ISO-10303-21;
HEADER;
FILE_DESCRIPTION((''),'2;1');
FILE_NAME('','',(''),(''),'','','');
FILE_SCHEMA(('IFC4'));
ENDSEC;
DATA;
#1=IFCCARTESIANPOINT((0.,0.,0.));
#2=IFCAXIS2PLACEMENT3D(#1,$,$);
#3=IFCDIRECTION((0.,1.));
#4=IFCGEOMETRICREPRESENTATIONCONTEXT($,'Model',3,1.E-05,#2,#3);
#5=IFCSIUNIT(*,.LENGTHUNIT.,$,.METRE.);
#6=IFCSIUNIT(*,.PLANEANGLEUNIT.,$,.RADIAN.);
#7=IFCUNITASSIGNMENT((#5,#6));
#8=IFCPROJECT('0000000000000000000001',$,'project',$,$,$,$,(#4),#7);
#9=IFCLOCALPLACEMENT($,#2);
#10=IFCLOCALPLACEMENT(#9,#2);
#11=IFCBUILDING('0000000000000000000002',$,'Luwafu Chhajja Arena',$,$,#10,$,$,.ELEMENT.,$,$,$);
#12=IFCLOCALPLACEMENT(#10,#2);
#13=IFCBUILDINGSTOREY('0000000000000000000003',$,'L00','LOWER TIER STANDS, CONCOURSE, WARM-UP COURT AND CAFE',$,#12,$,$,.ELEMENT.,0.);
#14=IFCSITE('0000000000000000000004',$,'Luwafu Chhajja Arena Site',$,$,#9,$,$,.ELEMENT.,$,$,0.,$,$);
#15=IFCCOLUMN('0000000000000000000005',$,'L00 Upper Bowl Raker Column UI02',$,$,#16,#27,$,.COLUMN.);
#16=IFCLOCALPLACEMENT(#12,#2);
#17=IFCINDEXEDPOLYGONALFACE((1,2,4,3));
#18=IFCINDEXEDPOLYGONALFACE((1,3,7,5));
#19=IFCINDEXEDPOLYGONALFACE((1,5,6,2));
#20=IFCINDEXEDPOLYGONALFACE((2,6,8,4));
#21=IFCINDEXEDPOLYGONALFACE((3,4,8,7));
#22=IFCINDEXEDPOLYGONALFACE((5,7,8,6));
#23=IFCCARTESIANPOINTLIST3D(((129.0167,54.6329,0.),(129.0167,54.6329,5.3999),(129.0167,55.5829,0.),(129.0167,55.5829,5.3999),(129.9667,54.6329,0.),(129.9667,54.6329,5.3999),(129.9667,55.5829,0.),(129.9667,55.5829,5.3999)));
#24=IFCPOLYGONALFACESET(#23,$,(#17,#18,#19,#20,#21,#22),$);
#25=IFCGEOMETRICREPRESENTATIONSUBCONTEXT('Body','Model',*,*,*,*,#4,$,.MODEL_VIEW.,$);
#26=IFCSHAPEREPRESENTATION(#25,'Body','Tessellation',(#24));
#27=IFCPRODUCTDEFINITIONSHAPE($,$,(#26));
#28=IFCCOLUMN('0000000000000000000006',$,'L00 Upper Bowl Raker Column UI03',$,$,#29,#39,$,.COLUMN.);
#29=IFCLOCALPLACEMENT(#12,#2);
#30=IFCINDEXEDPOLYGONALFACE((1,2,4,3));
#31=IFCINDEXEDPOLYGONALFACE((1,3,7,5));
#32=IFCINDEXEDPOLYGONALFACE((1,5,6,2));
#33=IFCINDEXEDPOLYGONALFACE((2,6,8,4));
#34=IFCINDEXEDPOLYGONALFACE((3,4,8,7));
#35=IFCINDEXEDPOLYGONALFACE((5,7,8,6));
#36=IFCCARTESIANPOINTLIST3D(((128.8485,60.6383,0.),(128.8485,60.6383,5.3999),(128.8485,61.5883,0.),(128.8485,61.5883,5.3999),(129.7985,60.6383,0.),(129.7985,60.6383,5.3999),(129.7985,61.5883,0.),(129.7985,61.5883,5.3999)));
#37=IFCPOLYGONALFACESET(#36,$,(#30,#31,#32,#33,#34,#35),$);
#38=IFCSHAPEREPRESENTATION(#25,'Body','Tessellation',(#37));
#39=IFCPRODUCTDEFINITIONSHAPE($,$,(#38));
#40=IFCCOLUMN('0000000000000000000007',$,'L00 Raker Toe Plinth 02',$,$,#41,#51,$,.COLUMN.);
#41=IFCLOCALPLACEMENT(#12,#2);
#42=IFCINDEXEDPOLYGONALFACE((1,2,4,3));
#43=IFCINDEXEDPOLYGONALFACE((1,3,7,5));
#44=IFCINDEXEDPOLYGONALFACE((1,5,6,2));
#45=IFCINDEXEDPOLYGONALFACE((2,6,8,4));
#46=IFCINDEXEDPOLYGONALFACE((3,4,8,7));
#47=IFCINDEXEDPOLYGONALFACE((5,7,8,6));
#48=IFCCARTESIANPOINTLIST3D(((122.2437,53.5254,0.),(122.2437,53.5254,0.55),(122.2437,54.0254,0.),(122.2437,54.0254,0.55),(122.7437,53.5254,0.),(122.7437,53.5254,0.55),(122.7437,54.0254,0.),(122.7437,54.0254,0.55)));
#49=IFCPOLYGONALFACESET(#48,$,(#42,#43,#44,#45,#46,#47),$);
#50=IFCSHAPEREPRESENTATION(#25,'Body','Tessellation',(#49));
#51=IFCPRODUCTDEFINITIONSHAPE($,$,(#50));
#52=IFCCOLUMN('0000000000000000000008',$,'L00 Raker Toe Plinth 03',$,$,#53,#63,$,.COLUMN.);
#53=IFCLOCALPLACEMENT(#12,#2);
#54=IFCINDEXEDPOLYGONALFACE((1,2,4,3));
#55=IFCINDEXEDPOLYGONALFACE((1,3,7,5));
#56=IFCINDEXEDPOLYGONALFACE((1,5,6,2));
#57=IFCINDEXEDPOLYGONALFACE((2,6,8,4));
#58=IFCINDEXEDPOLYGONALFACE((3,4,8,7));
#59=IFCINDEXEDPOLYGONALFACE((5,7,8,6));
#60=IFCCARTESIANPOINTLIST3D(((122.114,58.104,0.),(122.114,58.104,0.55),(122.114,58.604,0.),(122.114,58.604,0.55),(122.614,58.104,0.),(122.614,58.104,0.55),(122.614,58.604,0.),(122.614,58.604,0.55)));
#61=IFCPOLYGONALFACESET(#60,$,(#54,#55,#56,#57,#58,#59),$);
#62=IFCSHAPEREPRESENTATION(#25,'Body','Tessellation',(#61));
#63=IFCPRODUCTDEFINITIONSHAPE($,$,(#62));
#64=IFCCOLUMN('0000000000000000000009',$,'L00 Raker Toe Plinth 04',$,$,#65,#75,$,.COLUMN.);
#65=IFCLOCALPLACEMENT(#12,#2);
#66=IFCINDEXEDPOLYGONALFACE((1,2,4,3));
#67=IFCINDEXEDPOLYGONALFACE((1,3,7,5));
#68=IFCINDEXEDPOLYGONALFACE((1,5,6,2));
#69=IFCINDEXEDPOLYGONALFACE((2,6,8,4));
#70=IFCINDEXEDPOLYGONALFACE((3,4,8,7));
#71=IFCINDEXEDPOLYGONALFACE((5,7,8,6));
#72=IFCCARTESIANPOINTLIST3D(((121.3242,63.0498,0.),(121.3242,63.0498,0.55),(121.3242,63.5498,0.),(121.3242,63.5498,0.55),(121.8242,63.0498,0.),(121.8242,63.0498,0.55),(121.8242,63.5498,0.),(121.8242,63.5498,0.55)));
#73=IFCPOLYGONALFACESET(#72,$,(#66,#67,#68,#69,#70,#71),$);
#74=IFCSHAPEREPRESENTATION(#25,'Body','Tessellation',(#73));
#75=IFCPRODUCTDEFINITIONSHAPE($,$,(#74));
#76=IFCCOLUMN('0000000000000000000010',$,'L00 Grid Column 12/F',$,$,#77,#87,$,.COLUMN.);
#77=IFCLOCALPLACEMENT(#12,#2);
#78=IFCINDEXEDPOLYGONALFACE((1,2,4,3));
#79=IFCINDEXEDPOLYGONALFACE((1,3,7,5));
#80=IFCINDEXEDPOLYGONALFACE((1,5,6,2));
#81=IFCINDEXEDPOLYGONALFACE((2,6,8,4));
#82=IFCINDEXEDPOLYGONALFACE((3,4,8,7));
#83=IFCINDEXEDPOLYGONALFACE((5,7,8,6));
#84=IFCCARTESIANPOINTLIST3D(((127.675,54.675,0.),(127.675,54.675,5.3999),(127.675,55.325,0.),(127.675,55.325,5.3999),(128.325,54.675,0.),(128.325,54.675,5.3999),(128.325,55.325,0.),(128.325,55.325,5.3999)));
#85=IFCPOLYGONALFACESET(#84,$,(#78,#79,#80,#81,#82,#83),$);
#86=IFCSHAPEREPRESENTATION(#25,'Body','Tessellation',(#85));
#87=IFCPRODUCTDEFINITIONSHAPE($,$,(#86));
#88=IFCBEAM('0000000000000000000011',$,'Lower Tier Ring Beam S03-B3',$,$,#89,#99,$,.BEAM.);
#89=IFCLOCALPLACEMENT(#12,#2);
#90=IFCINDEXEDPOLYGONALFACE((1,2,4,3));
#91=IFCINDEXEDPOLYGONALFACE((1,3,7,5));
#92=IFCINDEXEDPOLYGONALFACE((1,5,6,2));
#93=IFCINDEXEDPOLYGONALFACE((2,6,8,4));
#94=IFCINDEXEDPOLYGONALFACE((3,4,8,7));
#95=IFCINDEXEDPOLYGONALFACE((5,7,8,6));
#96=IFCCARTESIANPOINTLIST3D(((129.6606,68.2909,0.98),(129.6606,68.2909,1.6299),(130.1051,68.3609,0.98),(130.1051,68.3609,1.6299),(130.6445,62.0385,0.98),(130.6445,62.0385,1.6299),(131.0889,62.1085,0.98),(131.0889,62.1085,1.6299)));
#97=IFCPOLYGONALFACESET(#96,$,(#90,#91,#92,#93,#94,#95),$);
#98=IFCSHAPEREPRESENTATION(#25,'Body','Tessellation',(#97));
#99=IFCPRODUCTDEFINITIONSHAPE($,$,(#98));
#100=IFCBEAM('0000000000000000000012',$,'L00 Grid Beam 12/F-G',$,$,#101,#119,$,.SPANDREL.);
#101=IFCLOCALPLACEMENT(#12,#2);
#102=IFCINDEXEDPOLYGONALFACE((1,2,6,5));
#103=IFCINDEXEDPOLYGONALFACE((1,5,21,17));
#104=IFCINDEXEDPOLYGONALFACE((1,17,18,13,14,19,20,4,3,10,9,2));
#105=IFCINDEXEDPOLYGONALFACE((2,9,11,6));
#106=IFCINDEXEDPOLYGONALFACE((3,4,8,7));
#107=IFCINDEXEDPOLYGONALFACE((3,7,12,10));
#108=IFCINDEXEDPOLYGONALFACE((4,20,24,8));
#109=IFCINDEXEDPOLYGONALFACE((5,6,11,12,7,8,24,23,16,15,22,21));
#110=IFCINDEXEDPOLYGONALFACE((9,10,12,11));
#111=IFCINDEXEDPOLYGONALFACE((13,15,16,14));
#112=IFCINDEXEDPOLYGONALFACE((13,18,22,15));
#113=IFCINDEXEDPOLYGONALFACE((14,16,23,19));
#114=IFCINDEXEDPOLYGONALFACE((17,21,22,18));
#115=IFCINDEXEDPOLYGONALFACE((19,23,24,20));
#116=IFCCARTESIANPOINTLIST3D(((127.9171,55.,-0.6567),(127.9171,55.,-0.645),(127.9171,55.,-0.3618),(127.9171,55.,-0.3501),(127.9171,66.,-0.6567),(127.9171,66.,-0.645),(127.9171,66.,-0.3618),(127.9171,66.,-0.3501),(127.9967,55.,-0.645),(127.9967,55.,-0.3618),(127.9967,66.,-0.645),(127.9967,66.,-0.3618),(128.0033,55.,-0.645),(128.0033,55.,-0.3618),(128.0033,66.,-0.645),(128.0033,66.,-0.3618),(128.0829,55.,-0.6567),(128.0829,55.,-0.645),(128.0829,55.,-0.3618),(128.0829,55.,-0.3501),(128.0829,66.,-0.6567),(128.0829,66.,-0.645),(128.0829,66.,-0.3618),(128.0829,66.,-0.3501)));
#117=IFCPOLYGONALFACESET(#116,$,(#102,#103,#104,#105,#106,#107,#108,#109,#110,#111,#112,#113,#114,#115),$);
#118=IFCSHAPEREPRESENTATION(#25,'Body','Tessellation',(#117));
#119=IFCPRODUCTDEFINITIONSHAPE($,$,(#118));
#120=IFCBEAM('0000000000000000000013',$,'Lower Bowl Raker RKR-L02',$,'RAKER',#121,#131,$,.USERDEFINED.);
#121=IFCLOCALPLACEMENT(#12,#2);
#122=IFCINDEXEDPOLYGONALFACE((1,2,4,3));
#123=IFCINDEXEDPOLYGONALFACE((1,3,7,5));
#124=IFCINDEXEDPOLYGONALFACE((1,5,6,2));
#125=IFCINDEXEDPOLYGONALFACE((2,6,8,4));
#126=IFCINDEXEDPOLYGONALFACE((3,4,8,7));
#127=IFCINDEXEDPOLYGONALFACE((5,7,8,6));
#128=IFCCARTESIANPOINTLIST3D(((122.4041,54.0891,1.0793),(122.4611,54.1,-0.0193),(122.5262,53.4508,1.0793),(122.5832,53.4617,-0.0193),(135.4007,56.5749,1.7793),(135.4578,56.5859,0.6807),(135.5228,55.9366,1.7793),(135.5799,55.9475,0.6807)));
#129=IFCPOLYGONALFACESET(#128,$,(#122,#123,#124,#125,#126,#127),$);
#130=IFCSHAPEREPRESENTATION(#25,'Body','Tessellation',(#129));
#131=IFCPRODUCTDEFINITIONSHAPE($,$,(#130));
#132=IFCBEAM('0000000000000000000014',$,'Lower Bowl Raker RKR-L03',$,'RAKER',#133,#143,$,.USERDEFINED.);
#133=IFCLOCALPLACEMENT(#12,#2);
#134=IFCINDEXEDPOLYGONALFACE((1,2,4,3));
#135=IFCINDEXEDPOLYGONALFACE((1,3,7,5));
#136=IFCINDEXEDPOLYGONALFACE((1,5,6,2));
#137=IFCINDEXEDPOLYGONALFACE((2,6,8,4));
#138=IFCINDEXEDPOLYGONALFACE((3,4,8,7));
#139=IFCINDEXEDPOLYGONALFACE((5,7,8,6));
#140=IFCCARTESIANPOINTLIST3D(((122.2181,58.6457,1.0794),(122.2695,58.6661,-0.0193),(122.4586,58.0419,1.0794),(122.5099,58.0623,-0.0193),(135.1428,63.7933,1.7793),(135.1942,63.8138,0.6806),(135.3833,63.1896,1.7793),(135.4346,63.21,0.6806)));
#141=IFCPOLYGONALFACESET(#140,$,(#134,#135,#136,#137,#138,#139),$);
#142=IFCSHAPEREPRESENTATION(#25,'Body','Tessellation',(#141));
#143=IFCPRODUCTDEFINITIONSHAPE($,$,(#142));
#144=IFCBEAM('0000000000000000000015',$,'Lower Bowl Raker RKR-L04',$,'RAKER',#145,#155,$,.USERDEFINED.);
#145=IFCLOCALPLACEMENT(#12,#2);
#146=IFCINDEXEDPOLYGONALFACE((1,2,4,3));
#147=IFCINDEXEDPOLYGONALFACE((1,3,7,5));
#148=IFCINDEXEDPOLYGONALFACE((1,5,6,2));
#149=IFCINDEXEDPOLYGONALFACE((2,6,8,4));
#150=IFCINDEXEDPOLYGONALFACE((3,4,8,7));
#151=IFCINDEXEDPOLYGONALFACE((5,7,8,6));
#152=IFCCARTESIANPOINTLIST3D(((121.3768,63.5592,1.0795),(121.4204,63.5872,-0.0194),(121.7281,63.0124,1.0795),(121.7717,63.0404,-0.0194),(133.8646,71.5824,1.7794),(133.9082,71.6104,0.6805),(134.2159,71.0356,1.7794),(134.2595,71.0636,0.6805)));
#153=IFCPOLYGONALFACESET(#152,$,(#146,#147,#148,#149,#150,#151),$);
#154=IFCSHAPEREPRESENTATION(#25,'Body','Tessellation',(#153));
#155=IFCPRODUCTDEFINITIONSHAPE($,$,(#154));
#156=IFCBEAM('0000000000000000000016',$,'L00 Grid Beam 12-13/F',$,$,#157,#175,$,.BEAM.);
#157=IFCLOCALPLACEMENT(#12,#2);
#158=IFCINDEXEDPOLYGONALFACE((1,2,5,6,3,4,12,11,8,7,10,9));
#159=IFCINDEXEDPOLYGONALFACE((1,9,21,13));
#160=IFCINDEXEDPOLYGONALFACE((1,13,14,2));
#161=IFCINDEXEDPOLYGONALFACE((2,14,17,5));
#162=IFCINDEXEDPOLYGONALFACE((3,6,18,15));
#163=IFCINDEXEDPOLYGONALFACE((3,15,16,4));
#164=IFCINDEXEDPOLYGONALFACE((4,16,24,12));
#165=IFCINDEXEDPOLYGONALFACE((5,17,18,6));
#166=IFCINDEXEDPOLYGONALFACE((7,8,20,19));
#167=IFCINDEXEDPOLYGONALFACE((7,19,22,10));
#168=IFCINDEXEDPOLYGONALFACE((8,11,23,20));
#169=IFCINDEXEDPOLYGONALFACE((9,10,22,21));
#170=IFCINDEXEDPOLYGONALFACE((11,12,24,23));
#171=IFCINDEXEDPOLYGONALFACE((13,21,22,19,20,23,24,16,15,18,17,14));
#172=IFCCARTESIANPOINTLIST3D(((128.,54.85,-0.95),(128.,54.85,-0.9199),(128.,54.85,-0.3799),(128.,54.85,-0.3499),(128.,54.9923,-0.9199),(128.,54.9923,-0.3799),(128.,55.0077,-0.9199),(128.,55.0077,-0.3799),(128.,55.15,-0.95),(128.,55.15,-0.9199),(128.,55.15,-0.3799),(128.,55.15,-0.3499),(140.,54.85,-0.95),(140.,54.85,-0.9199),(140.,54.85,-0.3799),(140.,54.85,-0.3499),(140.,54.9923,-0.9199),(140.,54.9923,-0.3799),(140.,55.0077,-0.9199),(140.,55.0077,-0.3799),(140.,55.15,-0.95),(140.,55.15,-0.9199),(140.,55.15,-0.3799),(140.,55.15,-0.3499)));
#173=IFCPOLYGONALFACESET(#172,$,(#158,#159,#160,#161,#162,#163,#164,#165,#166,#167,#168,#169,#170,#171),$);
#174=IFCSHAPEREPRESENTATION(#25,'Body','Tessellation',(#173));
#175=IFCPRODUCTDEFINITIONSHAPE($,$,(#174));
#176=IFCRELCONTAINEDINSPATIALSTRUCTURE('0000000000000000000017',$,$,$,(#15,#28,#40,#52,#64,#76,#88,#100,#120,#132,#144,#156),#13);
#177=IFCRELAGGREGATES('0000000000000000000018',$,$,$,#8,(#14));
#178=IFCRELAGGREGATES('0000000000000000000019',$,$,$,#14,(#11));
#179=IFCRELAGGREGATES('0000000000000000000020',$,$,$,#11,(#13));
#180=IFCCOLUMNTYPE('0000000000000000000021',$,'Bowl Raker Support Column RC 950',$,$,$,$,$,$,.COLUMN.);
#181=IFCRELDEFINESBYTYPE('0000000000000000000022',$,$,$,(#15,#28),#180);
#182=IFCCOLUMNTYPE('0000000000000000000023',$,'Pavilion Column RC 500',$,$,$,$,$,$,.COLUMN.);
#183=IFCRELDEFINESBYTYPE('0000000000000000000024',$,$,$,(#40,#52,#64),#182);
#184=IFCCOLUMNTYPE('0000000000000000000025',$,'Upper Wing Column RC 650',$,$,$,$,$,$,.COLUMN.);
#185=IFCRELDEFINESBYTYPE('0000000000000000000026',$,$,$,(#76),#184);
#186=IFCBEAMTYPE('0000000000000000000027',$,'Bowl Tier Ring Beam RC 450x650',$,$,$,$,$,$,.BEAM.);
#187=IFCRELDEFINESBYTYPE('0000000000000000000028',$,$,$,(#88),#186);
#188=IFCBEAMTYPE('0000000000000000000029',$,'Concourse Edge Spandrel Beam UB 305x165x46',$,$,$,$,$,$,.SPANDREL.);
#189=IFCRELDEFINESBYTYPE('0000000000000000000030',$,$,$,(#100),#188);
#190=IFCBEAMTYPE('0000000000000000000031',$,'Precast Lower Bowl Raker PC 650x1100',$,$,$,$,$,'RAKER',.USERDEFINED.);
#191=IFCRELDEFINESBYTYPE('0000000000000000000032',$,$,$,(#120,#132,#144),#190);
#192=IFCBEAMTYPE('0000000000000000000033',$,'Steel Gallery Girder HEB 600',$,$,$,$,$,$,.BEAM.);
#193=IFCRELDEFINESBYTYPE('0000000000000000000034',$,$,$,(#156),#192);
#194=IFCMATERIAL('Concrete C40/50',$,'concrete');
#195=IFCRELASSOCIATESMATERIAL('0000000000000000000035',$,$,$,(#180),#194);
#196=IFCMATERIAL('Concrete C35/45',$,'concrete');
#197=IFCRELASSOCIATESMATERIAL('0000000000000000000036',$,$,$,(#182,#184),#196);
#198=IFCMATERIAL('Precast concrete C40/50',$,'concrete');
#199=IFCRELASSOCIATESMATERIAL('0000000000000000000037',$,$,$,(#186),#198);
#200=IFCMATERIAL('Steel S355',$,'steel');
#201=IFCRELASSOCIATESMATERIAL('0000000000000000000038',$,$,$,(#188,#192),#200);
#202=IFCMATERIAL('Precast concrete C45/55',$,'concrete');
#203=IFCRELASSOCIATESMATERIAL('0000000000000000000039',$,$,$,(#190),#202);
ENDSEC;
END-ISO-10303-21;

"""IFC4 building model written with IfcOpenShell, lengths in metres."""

from ifc_helpers import new_model, si_unit, direction, frame, origin, origin_2d, place, context, subcontext, project, spatial, rectangle, i_section, extrude, material, material_profile, profile_set, type_object, element, save


model = new_model("IFC4")

# Units and contexts
model_context = context("Model", 3, precision=1e-05, world=origin(), true_north=direction((0.0, 1.0)))
body_context = subcontext(model_context, "Body", "Model", "MODEL_VIEW")
ifc_project = project(units=[si_unit("LENGTHUNIT", "METRE"), si_unit("PLANEANGLEUNIT", "RADIAN")], contexts=[model_context])

# Site, building, storey
site_placement = place(None, origin())
site = spatial("IfcSite", under=ifc_project, at=site_placement, Name="Luwafu Chhajja Arena Site", CompositionType="ELEMENT", RefElevation=0.0)
building_placement = place(site_placement, origin())
building = spatial("IfcBuilding", under=site, at=building_placement, Name="Luwafu Chhajja Arena", CompositionType="ELEMENT")
storey_placement = place(building_placement, origin())
storey = spatial("IfcBuildingStorey", under=building, at=storey_placement, Name="L00", Description="LOWER TIER STANDS, CONCOURSE, WARM-UP COURT AND CAFE", CompositionType="ELEMENT", Elevation=0.0)

# Columns
ifc_material_1 = material(Name="Concrete C40/50", Category="concrete")
ifc_material_profile_1 = material_profile(ifc_material_1, rectangle(XDim=0.95, YDim=0.95, at=origin_2d()), Name="RC 950x950")
ifc_profile_set_1 = profile_set([ifc_material_profile_1], Name="Concrete C40/50")
column_type_1 = type_object("IfcColumnType", Name="Bowl Raker Support Column RC 950", PredefinedType="COLUMN", material=ifc_profile_set_1)
for number, where, z_axis, x_axis, name in (
    (1, (129.4917, 55.1079, 0.0), (0.0, 0.0, 1.0), (1.0, 0.0, 0.0), "L00 Upper Bowl Raker Column UI02"),
    (2, (129.3235, 61.1133, 0.0), (0.0, 0.0, 1.0), (1.0, 0.0, 0.0), "L00 Upper Bowl Raker Column UI03"),
):
    element("IfcColumn", number, at=place(storey_placement, frame(where, z_axis=z_axis, x_axis=x_axis)), inside=storey, type_object=column_type_1, Name=name, PredefinedType="COLUMN", context=body_context, shape_type="SweptSolid", body=[
        extrude(rectangle(XDim=0.95, YDim=0.95, at=origin_2d()), origin(), (0.0, 0.0, 1.0), 5.3999),
    ])
ifc_material_2 = material(Name="Concrete C35/45", Category="concrete")
ifc_material_profile_2 = material_profile(ifc_material_2, rectangle(XDim=0.5, YDim=0.5, at=origin_2d()), Name="RC 500x500")
ifc_profile_set_2 = profile_set([ifc_material_profile_2], Name="Concrete C35/45")
column_type_2 = type_object("IfcColumnType", Name="Pavilion Column RC 500", PredefinedType="COLUMN", material=ifc_profile_set_2)
for number, where, z_axis, x_axis, name in (
    (3, (122.4937, 53.7754, 0.0), (0.0, 0.0, 1.0), (1.0, 0.0, 0.0), "L00 Raker Toe Plinth 02"),
    (4, (122.364, 58.354, 0.0), (0.0, 0.0, 1.0), (1.0, 0.0, 0.0), "L00 Raker Toe Plinth 03"),
    (5, (121.5742, 63.2998, 0.0), (0.0, 0.0, 1.0), (1.0, 0.0, 0.0), "L00 Raker Toe Plinth 04"),
):
    element("IfcColumn", number, at=place(storey_placement, frame(where, z_axis=z_axis, x_axis=x_axis)), inside=storey, type_object=column_type_2, Name=name, PredefinedType="COLUMN", context=body_context, shape_type="SweptSolid", body=[
        extrude(rectangle(XDim=0.5, YDim=0.5, at=origin_2d()), origin(), (0.0, 0.0, 1.0), 0.55),
    ])
ifc_material_profile_3 = material_profile(ifc_material_2, rectangle(XDim=0.6499, YDim=0.6499, at=origin_2d()), Name="RC 650x650")
ifc_profile_set_3 = profile_set([ifc_material_profile_3], Name="Concrete C35/45")
column_type_3 = type_object("IfcColumnType", Name="Upper Wing Column RC 650", PredefinedType="COLUMN", material=ifc_profile_set_3)
column_placement = place(storey_placement, frame((128.0, 55.0, 0.0), z_axis=(0.0, 0.0, 1.0), x_axis=(1.0, 0.0, 0.0)))
element("IfcColumn", 6, at=column_placement, inside=storey, type_object=column_type_3, Name="L00 Grid Column 12/F", PredefinedType="COLUMN", context=body_context, shape_type="SweptSolid", body=[
    extrude(rectangle(XDim=0.6499, YDim=0.6499, at=origin_2d()), origin(), (0.0, 0.0, 1.0), 5.3999),
])

# Beams
ifc_material_3 = material(Name="Precast concrete C40/50", Category="concrete")
ifc_material_profile_4 = material_profile(ifc_material_3, rectangle(XDim=0.45, YDim=0.6499, at=origin_2d()), Name="RC 450x650")
ifc_profile_set_4 = profile_set([ifc_material_profile_4], Name="Precast concrete C40/50")
beam_type_1 = type_object("IfcBeamType", Name="Bowl Tier Ring Beam RC 450x650", PredefinedType="BEAM", material=ifc_profile_set_4)
beam_1_placement = place(storey_placement, frame((130.8667, 62.0735, 1.3049), z_axis=(-0.155448, 0.987844, 0.0), x_axis=(-0.987844, -0.155448, 0.0)))
element("IfcBeam", 7, at=beam_1_placement, inside=storey, type_object=beam_type_1, Name="Lower Tier Ring Beam S03-B3", PredefinedType="BEAM", context=body_context, shape_type="SweptSolid", body=[
    extrude(rectangle(XDim=0.45, YDim=0.6499, at=origin_2d()), origin(), (0.0, 0.0, 1.0), 6.3293),
])
ifc_material_4 = material(Name="Steel S355", Category="steel")
ifc_material_profile_5 = material_profile(ifc_material_4, i_section(OverallWidth=0.1658, OverallDepth=0.3066, WebThickness=0.0066, FlangeThickness=0.0117, at=origin_2d()), Name="UB 305x165x46")
ifc_profile_set_5 = profile_set([ifc_material_profile_5], Name="Steel S355")
beam_type_2 = type_object("IfcBeamType", Name="Concourse Edge Spandrel Beam UB 305x165x46", PredefinedType="SPANDREL", material=ifc_profile_set_5)
beam_2_placement = place(storey_placement, frame((128.0, 55.0, -0.5034), z_axis=(0.0, 1.0, 0.0), x_axis=(-1.0, 0.0, 0.0)))
element("IfcBeam", 8, at=beam_2_placement, inside=storey, type_object=beam_type_2, Name="L00 Grid Beam 12/F-G", PredefinedType="SPANDREL", context=body_context, shape_type="SweptSolid", body=[
    extrude(i_section(OverallWidth=0.1658, OverallDepth=0.3066, WebThickness=0.0066, FlangeThickness=0.0117, at=origin_2d()), origin(), (0.0, 0.0, 1.0), 11.0),
])
ifc_material_5 = material(Name="Precast concrete C45/55", Category="concrete")
ifc_material_profile_6 = material_profile(ifc_material_5, rectangle(XDim=0.6499, YDim=1.1001, at=origin_2d()), Name="PC 650x1100")
ifc_profile_set_6 = profile_set([ifc_material_profile_6], Name="Precast concrete C45/55")
beam_type_3 = type_object("IfcBeamType", Name="Precast Lower Bowl Raker PC 650x1100", ElementType="RAKER", PredefinedType="USERDEFINED", material=ifc_profile_set_6)
beam_3_placement = place(storey_placement, frame((122.4937, 53.7754, 0.53), z_axis=(0.980824, 0.187601, 0.052824), x_axis=(-0.187863, 0.982195, 0.0)))
element("IfcBeam", 9, at=beam_3_placement, inside=storey, type_object=beam_type_3, Name="Lower Bowl Raker RKR-L02", ObjectType="RAKER", PredefinedType="USERDEFINED", context=body_context, shape_type="SweptSolid", body=[
    extrude(rectangle(XDim=0.6499, YDim=1.1001, at=origin_2d()), origin(), (0.0, 0.0, 1.0), 13.2507),
])
beam_4_placement = place(storey_placement, frame((122.364, 58.354, 0.53), z_axis=(0.927853, 0.369546, 0.050248), x_axis=(-0.370014, 0.929026, 0.0)))
element("IfcBeam", 10, at=beam_4_placement, inside=storey, type_object=beam_type_3, Name="Lower Bowl Raker RKR-L03", ObjectType="RAKER", PredefinedType="USERDEFINED", context=body_context, shape_type="SweptSolid", body=[
    extrude(rectangle(XDim=0.6499, YDim=1.1001, at=origin_2d()), origin(), (0.0, 0.0, 1.0), 13.9297),
])
beam_5_placement = place(storey_placement, frame((121.5742, 63.2998, 0.53), z_axis=(0.840388, 0.539935, 0.047104), x_axis=(-0.540535, 0.841322, 0.0)))
element("IfcBeam", 11, at=beam_5_placement, inside=storey, type_object=beam_type_3, Name="Lower Bowl Raker RKR-L04", ObjectType="RAKER", PredefinedType="USERDEFINED", context=body_context, shape_type="SweptSolid", body=[
    extrude(rectangle(XDim=0.6499, YDim=1.1001, at=origin_2d()), origin(), (0.0, 0.0, 1.0), 14.8596),
])
ifc_material_profile_7 = material_profile(ifc_material_4, i_section(OverallWidth=0.3, OverallDepth=0.6001, WebThickness=0.0154, FlangeThickness=0.03, at=origin_2d()), Name="HEB 600")
ifc_profile_set_7 = profile_set([ifc_material_profile_7], Name="Steel S355")
beam_type_4 = type_object("IfcBeamType", Name="Steel Gallery Girder HEB 600", PredefinedType="BEAM", material=ifc_profile_set_7)
beam_6_placement = place(storey_placement, frame((128.0, 55.0, -0.6499), z_axis=(1.0, 0.0, 0.0), x_axis=(0.0, 1.0, 0.0)))
element("IfcBeam", 12, at=beam_6_placement, inside=storey, type_object=beam_type_4, Name="L00 Grid Beam 12-13/F", PredefinedType="BEAM", context=body_context, shape_type="SweptSolid", body=[
    extrude(i_section(OverallWidth=0.3, OverallDepth=0.6001, WebThickness=0.0154, FlangeThickness=0.03, at=origin_2d()), origin(), (0.0, 0.0, 1.0), 12.0),
])

save(model, "model.ifc")
